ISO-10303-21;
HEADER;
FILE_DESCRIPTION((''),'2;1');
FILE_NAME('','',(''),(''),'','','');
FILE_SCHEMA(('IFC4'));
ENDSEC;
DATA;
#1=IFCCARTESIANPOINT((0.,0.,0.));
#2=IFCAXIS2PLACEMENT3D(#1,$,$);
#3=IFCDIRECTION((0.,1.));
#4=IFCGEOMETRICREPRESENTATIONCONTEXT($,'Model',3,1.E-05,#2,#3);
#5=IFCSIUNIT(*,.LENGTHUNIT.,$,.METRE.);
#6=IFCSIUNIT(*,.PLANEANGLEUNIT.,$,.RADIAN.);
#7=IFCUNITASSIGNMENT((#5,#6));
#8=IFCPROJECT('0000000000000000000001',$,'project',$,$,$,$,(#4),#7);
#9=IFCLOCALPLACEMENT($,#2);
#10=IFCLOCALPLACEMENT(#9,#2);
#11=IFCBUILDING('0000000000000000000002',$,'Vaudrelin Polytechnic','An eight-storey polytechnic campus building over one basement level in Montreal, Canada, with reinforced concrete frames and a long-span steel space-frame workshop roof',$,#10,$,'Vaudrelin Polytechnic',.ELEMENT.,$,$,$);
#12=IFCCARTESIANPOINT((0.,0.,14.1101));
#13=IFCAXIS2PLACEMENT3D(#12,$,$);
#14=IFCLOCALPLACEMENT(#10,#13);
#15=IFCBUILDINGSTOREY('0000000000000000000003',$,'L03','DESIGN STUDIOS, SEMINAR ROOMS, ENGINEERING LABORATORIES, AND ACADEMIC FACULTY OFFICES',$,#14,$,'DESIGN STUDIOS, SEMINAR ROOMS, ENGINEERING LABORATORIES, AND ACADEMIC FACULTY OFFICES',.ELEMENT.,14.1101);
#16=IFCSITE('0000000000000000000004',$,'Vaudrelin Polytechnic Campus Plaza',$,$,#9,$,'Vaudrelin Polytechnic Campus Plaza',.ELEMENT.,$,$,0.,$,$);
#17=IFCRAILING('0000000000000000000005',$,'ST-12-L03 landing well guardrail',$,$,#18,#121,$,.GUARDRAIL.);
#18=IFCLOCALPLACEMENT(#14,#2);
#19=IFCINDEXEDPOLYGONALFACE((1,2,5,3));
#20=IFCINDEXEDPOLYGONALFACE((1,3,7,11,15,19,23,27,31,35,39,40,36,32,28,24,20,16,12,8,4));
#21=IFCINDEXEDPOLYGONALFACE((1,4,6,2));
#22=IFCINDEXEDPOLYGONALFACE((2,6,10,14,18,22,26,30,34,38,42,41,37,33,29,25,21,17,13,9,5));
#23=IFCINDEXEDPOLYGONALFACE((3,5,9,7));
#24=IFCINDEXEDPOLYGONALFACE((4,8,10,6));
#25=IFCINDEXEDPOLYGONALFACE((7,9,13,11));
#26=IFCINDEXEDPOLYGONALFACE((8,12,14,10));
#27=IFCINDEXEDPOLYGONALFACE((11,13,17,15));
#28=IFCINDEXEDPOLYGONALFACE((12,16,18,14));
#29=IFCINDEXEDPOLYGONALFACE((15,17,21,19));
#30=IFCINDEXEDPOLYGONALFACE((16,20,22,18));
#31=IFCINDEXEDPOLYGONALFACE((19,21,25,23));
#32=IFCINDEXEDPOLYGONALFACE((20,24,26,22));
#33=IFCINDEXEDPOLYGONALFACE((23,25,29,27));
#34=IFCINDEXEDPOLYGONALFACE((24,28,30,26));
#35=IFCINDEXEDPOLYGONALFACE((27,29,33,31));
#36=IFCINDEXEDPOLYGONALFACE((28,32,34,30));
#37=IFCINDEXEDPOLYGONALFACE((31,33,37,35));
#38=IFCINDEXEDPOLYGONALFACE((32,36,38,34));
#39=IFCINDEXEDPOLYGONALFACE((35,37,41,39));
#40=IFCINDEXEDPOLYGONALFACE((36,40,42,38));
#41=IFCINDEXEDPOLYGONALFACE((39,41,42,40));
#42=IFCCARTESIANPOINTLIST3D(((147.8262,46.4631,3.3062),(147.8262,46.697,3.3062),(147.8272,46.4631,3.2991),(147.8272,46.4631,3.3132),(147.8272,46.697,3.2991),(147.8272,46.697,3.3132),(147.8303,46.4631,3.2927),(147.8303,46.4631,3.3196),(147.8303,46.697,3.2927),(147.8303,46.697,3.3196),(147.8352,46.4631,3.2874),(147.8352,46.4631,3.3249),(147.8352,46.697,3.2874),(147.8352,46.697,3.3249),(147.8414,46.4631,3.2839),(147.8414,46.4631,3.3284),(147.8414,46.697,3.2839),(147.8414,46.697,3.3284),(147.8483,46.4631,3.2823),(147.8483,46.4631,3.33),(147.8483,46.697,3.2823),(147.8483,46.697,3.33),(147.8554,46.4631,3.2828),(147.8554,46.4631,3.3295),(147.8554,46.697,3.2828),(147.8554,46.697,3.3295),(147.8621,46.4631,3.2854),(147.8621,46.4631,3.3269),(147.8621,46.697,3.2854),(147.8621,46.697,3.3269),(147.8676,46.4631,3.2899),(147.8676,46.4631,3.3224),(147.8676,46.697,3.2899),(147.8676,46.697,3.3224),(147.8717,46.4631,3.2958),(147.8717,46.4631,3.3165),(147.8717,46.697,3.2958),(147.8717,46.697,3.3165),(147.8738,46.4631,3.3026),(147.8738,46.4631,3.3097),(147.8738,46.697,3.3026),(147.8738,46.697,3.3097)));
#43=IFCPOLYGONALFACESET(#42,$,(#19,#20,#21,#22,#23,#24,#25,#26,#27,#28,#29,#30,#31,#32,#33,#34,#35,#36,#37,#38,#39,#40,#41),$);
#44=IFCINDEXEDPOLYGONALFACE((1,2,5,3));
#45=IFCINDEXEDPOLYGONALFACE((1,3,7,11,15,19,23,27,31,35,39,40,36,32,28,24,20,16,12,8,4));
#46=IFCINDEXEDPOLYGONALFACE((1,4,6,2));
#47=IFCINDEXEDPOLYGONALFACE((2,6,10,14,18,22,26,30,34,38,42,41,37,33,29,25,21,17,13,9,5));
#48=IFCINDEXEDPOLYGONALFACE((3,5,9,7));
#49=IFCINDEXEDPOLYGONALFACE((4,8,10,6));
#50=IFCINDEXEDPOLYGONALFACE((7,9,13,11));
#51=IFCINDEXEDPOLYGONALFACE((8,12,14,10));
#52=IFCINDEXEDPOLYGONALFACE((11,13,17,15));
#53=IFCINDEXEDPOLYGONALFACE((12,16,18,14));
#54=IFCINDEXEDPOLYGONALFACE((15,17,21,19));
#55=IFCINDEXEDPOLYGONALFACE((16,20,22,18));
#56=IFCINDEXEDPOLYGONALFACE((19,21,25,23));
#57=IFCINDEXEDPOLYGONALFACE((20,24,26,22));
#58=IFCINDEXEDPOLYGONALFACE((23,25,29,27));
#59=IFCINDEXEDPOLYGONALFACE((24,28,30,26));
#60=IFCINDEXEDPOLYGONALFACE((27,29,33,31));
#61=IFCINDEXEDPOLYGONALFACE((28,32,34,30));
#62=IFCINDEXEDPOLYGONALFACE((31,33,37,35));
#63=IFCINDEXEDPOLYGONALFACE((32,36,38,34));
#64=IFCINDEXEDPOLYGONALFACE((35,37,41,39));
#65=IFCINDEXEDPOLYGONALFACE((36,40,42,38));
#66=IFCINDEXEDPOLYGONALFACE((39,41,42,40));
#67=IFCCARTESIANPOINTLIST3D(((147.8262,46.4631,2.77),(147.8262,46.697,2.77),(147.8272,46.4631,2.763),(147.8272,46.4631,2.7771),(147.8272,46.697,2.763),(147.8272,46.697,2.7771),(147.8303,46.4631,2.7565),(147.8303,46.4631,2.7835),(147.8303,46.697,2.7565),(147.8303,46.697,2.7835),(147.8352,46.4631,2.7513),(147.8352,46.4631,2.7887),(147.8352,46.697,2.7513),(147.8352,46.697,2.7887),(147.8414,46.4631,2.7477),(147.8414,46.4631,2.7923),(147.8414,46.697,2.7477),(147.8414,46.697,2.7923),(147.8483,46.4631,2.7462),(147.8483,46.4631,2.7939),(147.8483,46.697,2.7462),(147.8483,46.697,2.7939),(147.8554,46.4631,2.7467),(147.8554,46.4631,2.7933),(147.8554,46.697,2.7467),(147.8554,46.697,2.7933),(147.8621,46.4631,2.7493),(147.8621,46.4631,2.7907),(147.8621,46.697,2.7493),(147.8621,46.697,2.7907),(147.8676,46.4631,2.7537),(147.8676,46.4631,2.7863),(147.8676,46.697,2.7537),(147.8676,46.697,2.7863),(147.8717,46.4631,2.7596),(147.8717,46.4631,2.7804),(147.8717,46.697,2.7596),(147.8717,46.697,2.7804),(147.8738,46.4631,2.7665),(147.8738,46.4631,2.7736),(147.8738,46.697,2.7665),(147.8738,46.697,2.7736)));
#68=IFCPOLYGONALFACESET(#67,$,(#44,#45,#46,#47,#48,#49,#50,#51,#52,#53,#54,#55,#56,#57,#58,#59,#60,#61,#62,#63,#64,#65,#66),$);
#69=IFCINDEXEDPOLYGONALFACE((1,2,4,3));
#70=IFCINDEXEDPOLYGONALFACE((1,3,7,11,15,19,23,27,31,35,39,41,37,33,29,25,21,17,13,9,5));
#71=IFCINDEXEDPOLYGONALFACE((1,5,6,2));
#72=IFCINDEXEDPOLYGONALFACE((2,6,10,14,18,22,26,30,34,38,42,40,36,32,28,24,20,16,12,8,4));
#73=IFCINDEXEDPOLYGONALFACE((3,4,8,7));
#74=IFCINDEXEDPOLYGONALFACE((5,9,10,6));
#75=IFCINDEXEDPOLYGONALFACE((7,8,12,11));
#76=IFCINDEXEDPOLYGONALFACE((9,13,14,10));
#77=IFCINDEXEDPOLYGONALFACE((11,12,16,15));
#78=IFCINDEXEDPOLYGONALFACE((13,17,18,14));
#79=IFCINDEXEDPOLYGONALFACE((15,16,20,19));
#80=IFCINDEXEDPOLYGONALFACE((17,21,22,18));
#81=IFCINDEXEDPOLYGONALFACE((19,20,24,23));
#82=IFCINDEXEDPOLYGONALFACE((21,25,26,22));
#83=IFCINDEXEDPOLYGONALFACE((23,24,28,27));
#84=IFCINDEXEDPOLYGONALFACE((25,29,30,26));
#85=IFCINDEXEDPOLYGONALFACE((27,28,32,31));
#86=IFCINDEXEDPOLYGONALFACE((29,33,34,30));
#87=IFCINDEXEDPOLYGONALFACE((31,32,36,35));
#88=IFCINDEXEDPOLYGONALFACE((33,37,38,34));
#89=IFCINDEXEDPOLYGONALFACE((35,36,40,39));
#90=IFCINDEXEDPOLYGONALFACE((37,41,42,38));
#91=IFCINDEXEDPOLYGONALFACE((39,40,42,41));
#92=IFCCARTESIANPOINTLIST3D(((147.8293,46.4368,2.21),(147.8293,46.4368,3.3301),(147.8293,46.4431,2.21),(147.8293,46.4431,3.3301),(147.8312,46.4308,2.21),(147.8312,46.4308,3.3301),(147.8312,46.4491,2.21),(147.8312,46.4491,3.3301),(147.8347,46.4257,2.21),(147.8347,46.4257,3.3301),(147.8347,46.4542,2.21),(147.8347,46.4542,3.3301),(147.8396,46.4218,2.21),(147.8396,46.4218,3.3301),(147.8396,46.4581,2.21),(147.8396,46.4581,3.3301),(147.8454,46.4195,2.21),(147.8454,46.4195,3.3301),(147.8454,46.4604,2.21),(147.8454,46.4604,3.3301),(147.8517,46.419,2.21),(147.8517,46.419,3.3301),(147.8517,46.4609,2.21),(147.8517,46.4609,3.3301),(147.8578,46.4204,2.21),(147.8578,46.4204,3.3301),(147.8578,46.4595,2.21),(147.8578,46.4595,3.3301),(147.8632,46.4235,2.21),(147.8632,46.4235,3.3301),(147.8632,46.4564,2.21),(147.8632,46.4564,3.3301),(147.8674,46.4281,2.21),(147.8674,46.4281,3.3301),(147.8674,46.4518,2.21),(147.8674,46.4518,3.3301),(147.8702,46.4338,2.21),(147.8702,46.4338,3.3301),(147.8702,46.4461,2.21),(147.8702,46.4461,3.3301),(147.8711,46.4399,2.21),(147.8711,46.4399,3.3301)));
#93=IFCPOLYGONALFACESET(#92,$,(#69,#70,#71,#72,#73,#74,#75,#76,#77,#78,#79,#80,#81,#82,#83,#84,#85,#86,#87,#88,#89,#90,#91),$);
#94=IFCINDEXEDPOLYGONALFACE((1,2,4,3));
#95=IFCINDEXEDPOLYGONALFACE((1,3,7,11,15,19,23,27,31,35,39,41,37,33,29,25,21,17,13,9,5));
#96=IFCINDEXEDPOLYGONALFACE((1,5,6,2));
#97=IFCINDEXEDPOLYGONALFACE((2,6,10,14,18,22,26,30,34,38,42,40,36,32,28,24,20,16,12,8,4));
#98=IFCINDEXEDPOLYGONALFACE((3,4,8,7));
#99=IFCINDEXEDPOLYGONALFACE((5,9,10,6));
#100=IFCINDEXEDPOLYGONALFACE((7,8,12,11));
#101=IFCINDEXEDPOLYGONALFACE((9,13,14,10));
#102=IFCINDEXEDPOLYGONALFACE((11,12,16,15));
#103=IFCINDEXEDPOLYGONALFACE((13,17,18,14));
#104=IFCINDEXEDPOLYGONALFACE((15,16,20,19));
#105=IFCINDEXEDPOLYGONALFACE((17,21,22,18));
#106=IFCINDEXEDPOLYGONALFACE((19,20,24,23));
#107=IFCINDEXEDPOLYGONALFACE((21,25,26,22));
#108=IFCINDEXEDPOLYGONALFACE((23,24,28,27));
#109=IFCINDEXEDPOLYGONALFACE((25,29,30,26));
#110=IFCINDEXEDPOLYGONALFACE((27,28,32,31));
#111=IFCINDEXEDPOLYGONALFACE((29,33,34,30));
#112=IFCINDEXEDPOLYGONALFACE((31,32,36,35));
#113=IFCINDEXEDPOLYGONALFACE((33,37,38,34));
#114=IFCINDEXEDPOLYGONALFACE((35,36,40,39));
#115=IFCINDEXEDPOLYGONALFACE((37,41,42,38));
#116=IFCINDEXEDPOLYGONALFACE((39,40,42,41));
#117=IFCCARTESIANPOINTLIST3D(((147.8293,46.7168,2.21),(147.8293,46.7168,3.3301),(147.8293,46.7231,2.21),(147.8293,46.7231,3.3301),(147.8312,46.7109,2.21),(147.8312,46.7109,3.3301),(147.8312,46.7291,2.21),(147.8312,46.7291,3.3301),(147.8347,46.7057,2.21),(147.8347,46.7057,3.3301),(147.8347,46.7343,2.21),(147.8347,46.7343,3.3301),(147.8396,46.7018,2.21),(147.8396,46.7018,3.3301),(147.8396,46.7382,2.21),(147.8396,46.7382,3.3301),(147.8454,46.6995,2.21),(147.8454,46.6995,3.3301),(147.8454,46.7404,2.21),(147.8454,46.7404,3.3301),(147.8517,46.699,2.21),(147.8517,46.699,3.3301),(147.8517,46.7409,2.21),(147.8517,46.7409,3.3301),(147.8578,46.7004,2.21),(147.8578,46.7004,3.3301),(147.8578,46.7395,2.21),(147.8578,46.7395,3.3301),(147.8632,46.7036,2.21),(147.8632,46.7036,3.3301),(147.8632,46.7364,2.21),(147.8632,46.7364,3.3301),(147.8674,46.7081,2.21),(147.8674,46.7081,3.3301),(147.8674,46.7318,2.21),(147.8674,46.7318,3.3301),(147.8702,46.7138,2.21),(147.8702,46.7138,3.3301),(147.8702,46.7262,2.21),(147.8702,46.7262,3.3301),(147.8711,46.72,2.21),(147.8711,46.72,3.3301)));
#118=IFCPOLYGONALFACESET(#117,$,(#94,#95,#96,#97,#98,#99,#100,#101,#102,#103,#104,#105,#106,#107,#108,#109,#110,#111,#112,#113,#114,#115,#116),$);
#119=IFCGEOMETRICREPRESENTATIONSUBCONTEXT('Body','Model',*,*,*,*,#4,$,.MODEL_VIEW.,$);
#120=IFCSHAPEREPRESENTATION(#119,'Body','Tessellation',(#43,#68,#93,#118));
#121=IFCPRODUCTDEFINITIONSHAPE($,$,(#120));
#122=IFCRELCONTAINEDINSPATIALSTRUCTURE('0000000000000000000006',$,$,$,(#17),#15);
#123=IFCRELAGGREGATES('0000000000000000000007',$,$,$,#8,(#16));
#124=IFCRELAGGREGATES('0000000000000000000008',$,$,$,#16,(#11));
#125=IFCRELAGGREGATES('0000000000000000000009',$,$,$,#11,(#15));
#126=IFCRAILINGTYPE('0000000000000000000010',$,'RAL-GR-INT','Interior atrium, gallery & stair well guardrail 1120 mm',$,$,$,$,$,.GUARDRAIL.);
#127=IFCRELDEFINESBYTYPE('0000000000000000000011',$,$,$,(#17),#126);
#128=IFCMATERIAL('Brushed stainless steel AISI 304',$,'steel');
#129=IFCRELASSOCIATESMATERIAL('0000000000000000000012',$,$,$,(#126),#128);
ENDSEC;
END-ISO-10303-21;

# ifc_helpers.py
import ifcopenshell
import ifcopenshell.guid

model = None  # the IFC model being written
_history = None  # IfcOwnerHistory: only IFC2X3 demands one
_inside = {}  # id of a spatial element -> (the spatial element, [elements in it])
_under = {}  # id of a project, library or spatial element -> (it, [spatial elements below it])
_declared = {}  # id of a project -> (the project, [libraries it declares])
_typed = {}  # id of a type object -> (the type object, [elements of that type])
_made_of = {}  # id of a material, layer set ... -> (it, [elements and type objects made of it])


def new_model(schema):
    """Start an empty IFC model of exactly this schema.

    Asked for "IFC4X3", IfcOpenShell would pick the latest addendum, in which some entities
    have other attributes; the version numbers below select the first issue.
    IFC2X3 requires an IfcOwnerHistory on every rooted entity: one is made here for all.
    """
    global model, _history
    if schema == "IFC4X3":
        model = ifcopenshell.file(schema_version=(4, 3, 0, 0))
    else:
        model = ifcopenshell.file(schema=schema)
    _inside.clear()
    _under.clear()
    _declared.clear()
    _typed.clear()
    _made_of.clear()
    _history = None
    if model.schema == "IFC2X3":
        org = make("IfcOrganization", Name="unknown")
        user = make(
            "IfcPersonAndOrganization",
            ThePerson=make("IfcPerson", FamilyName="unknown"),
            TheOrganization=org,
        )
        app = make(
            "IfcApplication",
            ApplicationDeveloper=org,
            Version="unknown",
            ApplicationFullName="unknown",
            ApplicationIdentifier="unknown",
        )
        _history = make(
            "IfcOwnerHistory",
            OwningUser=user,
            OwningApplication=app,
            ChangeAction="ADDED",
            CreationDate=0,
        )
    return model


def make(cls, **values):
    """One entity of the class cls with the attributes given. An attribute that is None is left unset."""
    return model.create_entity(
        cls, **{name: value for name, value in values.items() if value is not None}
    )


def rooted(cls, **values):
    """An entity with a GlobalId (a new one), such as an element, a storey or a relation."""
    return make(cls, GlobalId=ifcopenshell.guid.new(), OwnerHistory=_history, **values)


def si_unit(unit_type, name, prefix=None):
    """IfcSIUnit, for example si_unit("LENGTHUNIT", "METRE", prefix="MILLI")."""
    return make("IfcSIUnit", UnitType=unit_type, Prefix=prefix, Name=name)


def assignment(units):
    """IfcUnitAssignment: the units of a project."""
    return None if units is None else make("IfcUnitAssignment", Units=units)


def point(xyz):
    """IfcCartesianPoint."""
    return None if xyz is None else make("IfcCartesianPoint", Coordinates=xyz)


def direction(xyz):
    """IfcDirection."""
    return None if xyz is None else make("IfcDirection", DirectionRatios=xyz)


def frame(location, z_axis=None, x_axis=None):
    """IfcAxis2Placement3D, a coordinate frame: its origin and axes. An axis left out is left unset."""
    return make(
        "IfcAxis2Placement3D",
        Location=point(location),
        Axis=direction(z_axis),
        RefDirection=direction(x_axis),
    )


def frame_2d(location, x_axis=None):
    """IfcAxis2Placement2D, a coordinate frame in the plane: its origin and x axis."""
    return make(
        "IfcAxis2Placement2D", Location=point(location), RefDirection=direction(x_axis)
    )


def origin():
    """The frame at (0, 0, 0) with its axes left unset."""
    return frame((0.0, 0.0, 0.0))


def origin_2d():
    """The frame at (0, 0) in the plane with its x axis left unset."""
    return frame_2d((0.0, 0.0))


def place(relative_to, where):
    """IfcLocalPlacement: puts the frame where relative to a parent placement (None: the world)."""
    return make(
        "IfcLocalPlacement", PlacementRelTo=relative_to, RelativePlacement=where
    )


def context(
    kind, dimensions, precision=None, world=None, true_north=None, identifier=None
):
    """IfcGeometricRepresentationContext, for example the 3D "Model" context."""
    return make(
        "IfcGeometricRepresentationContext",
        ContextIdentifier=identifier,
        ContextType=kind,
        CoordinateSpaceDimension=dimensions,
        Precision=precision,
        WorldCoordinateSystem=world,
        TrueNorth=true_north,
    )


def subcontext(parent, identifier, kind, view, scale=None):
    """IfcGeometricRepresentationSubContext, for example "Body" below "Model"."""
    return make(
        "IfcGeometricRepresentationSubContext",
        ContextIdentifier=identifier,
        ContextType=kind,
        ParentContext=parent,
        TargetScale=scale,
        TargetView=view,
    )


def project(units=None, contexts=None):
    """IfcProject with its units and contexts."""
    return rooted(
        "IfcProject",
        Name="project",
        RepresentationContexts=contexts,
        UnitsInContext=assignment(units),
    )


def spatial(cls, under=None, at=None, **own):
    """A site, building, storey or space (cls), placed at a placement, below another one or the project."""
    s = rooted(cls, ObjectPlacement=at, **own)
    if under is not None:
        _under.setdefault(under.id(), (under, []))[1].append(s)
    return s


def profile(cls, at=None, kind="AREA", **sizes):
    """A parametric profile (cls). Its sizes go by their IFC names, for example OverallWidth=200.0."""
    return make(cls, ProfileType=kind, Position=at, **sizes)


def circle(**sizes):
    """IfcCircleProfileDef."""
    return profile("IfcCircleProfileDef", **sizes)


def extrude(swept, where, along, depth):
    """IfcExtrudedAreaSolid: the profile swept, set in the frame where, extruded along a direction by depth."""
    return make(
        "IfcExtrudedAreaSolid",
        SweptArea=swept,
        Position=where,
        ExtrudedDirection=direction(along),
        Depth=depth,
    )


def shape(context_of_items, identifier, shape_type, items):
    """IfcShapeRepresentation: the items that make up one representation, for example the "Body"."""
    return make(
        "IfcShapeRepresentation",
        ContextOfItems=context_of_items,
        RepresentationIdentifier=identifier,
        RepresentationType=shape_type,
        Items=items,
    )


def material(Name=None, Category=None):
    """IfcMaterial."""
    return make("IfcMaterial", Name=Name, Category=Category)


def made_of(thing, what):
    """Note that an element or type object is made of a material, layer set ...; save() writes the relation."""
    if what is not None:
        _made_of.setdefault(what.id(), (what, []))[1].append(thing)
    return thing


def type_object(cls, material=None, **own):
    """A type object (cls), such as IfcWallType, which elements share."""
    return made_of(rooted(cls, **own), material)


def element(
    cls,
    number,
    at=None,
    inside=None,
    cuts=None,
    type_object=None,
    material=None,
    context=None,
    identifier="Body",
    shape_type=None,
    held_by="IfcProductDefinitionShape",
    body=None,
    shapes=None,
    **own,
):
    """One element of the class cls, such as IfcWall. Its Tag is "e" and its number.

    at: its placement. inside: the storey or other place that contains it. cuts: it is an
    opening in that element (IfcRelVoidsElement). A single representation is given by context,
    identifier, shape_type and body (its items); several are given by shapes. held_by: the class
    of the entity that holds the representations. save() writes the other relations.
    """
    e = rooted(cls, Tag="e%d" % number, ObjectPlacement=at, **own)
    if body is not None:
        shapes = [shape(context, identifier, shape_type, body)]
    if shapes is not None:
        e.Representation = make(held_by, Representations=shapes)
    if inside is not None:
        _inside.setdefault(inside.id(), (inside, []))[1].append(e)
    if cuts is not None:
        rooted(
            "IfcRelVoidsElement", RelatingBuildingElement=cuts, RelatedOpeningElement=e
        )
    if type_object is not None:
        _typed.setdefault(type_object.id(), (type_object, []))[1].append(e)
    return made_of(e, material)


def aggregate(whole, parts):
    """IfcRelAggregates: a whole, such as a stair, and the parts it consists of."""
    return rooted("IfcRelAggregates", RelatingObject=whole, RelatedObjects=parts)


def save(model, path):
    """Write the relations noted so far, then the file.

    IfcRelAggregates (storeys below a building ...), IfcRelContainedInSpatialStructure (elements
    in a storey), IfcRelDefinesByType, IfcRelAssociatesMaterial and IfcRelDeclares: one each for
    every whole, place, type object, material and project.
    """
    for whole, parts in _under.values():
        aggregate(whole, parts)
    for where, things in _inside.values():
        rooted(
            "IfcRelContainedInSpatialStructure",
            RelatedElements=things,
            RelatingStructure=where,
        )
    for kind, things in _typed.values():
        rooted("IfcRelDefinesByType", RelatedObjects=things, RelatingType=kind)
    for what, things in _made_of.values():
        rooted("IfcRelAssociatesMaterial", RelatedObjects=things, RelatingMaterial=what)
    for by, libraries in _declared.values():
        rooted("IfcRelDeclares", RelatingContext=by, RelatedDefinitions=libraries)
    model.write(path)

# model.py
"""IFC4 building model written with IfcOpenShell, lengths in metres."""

from ifc_helpers import new_model, si_unit, direction, frame, origin, origin_2d, place, context, subcontext, project, spatial, circle, extrude, material, type_object, element, save


model = new_model("IFC4")

# Units and contexts
model_context = context("Model", 3, precision=1e-05, world=origin(), true_north=direction((0.0, 1.0)))
body_context = subcontext(model_context, "Body", "Model", "MODEL_VIEW")
ifc_project = project(units=[si_unit("LENGTHUNIT", "METRE"), si_unit("PLANEANGLEUNIT", "RADIAN")], contexts=[model_context])

# Site, building, storey
site_placement = place(None, origin())
site = spatial("IfcSite", under=ifc_project, at=site_placement, Name="Vaudrelin Polytechnic Campus Plaza", LongName="Vaudrelin Polytechnic Campus Plaza", CompositionType="ELEMENT", RefElevation=0.0)
building_placement = place(site_placement, origin())
building = spatial("IfcBuilding", under=site, at=building_placement, Name="Vaudrelin Polytechnic", Description="An eight-storey polytechnic campus building over one basement level in Montreal, Canada, with reinforced concrete frames and a long-span steel space-frame workshop roof", LongName="Vaudrelin Polytechnic", CompositionType="ELEMENT")
storey_placement = place(building_placement, frame((0.0, 0.0, 14.1101)))
storey = spatial("IfcBuildingStorey", under=building, at=storey_placement, Name="L03", Description="DESIGN STUDIOS, SEMINAR ROOMS, ENGINEERING LABORATORIES, AND ACADEMIC FACULTY OFFICES", LongName="DESIGN STUDIOS, SEMINAR ROOMS, ENGINEERING LABORATORIES, AND ACADEMIC FACULTY OFFICES", CompositionType="ELEMENT", Elevation=14.1101)

# Railing
ifc_material_1 = material(Name="Brushed stainless steel AISI 304", Category="steel")
railing_type_1 = type_object("IfcRailingType", Name="RAL-GR-INT", Description="Interior atrium, gallery & stair well guardrail 1120 mm", PredefinedType="GUARDRAIL", material=ifc_material_1)
railing_1_placement = place(storey_placement, frame((147.8501, 46.4399, 2.21)))
element("IfcRailing", 1, at=railing_1_placement, inside=storey, type_object=railing_type_1, Name="ST-12-L03 landing well guardrail", PredefinedType="GUARDRAIL", context=body_context, shape_type="SweptSolid", body=[
    extrude(circle(Radius=0.0239, at=origin_2d()), frame((0.0, 0.0232, 1.0962), z_axis=(0.0, 1.0, 0.0), x_axis=(-1.0, 0.0, 0.0)), (0.0, 0.0, 1.0), 0.2339),
    extrude(circle(Radius=0.0239, at=origin_2d()), frame((0.0, 0.0232, 0.5601), z_axis=(0.0, 1.0, 0.0), x_axis=(-1.0, 0.0, 0.0)), (0.0, 0.0, 1.0), 0.2339),
    extrude(circle(Radius=0.021, at=origin_2d()), origin(), (0.0, 0.0, 1.0), 1.1201),
    extrude(circle(Radius=0.021, at=origin_2d()), frame((0.0, 0.28, 0.0)), (0.0, 0.0, 1.0), 1.1201),
])

save(model, "model.ifc")
